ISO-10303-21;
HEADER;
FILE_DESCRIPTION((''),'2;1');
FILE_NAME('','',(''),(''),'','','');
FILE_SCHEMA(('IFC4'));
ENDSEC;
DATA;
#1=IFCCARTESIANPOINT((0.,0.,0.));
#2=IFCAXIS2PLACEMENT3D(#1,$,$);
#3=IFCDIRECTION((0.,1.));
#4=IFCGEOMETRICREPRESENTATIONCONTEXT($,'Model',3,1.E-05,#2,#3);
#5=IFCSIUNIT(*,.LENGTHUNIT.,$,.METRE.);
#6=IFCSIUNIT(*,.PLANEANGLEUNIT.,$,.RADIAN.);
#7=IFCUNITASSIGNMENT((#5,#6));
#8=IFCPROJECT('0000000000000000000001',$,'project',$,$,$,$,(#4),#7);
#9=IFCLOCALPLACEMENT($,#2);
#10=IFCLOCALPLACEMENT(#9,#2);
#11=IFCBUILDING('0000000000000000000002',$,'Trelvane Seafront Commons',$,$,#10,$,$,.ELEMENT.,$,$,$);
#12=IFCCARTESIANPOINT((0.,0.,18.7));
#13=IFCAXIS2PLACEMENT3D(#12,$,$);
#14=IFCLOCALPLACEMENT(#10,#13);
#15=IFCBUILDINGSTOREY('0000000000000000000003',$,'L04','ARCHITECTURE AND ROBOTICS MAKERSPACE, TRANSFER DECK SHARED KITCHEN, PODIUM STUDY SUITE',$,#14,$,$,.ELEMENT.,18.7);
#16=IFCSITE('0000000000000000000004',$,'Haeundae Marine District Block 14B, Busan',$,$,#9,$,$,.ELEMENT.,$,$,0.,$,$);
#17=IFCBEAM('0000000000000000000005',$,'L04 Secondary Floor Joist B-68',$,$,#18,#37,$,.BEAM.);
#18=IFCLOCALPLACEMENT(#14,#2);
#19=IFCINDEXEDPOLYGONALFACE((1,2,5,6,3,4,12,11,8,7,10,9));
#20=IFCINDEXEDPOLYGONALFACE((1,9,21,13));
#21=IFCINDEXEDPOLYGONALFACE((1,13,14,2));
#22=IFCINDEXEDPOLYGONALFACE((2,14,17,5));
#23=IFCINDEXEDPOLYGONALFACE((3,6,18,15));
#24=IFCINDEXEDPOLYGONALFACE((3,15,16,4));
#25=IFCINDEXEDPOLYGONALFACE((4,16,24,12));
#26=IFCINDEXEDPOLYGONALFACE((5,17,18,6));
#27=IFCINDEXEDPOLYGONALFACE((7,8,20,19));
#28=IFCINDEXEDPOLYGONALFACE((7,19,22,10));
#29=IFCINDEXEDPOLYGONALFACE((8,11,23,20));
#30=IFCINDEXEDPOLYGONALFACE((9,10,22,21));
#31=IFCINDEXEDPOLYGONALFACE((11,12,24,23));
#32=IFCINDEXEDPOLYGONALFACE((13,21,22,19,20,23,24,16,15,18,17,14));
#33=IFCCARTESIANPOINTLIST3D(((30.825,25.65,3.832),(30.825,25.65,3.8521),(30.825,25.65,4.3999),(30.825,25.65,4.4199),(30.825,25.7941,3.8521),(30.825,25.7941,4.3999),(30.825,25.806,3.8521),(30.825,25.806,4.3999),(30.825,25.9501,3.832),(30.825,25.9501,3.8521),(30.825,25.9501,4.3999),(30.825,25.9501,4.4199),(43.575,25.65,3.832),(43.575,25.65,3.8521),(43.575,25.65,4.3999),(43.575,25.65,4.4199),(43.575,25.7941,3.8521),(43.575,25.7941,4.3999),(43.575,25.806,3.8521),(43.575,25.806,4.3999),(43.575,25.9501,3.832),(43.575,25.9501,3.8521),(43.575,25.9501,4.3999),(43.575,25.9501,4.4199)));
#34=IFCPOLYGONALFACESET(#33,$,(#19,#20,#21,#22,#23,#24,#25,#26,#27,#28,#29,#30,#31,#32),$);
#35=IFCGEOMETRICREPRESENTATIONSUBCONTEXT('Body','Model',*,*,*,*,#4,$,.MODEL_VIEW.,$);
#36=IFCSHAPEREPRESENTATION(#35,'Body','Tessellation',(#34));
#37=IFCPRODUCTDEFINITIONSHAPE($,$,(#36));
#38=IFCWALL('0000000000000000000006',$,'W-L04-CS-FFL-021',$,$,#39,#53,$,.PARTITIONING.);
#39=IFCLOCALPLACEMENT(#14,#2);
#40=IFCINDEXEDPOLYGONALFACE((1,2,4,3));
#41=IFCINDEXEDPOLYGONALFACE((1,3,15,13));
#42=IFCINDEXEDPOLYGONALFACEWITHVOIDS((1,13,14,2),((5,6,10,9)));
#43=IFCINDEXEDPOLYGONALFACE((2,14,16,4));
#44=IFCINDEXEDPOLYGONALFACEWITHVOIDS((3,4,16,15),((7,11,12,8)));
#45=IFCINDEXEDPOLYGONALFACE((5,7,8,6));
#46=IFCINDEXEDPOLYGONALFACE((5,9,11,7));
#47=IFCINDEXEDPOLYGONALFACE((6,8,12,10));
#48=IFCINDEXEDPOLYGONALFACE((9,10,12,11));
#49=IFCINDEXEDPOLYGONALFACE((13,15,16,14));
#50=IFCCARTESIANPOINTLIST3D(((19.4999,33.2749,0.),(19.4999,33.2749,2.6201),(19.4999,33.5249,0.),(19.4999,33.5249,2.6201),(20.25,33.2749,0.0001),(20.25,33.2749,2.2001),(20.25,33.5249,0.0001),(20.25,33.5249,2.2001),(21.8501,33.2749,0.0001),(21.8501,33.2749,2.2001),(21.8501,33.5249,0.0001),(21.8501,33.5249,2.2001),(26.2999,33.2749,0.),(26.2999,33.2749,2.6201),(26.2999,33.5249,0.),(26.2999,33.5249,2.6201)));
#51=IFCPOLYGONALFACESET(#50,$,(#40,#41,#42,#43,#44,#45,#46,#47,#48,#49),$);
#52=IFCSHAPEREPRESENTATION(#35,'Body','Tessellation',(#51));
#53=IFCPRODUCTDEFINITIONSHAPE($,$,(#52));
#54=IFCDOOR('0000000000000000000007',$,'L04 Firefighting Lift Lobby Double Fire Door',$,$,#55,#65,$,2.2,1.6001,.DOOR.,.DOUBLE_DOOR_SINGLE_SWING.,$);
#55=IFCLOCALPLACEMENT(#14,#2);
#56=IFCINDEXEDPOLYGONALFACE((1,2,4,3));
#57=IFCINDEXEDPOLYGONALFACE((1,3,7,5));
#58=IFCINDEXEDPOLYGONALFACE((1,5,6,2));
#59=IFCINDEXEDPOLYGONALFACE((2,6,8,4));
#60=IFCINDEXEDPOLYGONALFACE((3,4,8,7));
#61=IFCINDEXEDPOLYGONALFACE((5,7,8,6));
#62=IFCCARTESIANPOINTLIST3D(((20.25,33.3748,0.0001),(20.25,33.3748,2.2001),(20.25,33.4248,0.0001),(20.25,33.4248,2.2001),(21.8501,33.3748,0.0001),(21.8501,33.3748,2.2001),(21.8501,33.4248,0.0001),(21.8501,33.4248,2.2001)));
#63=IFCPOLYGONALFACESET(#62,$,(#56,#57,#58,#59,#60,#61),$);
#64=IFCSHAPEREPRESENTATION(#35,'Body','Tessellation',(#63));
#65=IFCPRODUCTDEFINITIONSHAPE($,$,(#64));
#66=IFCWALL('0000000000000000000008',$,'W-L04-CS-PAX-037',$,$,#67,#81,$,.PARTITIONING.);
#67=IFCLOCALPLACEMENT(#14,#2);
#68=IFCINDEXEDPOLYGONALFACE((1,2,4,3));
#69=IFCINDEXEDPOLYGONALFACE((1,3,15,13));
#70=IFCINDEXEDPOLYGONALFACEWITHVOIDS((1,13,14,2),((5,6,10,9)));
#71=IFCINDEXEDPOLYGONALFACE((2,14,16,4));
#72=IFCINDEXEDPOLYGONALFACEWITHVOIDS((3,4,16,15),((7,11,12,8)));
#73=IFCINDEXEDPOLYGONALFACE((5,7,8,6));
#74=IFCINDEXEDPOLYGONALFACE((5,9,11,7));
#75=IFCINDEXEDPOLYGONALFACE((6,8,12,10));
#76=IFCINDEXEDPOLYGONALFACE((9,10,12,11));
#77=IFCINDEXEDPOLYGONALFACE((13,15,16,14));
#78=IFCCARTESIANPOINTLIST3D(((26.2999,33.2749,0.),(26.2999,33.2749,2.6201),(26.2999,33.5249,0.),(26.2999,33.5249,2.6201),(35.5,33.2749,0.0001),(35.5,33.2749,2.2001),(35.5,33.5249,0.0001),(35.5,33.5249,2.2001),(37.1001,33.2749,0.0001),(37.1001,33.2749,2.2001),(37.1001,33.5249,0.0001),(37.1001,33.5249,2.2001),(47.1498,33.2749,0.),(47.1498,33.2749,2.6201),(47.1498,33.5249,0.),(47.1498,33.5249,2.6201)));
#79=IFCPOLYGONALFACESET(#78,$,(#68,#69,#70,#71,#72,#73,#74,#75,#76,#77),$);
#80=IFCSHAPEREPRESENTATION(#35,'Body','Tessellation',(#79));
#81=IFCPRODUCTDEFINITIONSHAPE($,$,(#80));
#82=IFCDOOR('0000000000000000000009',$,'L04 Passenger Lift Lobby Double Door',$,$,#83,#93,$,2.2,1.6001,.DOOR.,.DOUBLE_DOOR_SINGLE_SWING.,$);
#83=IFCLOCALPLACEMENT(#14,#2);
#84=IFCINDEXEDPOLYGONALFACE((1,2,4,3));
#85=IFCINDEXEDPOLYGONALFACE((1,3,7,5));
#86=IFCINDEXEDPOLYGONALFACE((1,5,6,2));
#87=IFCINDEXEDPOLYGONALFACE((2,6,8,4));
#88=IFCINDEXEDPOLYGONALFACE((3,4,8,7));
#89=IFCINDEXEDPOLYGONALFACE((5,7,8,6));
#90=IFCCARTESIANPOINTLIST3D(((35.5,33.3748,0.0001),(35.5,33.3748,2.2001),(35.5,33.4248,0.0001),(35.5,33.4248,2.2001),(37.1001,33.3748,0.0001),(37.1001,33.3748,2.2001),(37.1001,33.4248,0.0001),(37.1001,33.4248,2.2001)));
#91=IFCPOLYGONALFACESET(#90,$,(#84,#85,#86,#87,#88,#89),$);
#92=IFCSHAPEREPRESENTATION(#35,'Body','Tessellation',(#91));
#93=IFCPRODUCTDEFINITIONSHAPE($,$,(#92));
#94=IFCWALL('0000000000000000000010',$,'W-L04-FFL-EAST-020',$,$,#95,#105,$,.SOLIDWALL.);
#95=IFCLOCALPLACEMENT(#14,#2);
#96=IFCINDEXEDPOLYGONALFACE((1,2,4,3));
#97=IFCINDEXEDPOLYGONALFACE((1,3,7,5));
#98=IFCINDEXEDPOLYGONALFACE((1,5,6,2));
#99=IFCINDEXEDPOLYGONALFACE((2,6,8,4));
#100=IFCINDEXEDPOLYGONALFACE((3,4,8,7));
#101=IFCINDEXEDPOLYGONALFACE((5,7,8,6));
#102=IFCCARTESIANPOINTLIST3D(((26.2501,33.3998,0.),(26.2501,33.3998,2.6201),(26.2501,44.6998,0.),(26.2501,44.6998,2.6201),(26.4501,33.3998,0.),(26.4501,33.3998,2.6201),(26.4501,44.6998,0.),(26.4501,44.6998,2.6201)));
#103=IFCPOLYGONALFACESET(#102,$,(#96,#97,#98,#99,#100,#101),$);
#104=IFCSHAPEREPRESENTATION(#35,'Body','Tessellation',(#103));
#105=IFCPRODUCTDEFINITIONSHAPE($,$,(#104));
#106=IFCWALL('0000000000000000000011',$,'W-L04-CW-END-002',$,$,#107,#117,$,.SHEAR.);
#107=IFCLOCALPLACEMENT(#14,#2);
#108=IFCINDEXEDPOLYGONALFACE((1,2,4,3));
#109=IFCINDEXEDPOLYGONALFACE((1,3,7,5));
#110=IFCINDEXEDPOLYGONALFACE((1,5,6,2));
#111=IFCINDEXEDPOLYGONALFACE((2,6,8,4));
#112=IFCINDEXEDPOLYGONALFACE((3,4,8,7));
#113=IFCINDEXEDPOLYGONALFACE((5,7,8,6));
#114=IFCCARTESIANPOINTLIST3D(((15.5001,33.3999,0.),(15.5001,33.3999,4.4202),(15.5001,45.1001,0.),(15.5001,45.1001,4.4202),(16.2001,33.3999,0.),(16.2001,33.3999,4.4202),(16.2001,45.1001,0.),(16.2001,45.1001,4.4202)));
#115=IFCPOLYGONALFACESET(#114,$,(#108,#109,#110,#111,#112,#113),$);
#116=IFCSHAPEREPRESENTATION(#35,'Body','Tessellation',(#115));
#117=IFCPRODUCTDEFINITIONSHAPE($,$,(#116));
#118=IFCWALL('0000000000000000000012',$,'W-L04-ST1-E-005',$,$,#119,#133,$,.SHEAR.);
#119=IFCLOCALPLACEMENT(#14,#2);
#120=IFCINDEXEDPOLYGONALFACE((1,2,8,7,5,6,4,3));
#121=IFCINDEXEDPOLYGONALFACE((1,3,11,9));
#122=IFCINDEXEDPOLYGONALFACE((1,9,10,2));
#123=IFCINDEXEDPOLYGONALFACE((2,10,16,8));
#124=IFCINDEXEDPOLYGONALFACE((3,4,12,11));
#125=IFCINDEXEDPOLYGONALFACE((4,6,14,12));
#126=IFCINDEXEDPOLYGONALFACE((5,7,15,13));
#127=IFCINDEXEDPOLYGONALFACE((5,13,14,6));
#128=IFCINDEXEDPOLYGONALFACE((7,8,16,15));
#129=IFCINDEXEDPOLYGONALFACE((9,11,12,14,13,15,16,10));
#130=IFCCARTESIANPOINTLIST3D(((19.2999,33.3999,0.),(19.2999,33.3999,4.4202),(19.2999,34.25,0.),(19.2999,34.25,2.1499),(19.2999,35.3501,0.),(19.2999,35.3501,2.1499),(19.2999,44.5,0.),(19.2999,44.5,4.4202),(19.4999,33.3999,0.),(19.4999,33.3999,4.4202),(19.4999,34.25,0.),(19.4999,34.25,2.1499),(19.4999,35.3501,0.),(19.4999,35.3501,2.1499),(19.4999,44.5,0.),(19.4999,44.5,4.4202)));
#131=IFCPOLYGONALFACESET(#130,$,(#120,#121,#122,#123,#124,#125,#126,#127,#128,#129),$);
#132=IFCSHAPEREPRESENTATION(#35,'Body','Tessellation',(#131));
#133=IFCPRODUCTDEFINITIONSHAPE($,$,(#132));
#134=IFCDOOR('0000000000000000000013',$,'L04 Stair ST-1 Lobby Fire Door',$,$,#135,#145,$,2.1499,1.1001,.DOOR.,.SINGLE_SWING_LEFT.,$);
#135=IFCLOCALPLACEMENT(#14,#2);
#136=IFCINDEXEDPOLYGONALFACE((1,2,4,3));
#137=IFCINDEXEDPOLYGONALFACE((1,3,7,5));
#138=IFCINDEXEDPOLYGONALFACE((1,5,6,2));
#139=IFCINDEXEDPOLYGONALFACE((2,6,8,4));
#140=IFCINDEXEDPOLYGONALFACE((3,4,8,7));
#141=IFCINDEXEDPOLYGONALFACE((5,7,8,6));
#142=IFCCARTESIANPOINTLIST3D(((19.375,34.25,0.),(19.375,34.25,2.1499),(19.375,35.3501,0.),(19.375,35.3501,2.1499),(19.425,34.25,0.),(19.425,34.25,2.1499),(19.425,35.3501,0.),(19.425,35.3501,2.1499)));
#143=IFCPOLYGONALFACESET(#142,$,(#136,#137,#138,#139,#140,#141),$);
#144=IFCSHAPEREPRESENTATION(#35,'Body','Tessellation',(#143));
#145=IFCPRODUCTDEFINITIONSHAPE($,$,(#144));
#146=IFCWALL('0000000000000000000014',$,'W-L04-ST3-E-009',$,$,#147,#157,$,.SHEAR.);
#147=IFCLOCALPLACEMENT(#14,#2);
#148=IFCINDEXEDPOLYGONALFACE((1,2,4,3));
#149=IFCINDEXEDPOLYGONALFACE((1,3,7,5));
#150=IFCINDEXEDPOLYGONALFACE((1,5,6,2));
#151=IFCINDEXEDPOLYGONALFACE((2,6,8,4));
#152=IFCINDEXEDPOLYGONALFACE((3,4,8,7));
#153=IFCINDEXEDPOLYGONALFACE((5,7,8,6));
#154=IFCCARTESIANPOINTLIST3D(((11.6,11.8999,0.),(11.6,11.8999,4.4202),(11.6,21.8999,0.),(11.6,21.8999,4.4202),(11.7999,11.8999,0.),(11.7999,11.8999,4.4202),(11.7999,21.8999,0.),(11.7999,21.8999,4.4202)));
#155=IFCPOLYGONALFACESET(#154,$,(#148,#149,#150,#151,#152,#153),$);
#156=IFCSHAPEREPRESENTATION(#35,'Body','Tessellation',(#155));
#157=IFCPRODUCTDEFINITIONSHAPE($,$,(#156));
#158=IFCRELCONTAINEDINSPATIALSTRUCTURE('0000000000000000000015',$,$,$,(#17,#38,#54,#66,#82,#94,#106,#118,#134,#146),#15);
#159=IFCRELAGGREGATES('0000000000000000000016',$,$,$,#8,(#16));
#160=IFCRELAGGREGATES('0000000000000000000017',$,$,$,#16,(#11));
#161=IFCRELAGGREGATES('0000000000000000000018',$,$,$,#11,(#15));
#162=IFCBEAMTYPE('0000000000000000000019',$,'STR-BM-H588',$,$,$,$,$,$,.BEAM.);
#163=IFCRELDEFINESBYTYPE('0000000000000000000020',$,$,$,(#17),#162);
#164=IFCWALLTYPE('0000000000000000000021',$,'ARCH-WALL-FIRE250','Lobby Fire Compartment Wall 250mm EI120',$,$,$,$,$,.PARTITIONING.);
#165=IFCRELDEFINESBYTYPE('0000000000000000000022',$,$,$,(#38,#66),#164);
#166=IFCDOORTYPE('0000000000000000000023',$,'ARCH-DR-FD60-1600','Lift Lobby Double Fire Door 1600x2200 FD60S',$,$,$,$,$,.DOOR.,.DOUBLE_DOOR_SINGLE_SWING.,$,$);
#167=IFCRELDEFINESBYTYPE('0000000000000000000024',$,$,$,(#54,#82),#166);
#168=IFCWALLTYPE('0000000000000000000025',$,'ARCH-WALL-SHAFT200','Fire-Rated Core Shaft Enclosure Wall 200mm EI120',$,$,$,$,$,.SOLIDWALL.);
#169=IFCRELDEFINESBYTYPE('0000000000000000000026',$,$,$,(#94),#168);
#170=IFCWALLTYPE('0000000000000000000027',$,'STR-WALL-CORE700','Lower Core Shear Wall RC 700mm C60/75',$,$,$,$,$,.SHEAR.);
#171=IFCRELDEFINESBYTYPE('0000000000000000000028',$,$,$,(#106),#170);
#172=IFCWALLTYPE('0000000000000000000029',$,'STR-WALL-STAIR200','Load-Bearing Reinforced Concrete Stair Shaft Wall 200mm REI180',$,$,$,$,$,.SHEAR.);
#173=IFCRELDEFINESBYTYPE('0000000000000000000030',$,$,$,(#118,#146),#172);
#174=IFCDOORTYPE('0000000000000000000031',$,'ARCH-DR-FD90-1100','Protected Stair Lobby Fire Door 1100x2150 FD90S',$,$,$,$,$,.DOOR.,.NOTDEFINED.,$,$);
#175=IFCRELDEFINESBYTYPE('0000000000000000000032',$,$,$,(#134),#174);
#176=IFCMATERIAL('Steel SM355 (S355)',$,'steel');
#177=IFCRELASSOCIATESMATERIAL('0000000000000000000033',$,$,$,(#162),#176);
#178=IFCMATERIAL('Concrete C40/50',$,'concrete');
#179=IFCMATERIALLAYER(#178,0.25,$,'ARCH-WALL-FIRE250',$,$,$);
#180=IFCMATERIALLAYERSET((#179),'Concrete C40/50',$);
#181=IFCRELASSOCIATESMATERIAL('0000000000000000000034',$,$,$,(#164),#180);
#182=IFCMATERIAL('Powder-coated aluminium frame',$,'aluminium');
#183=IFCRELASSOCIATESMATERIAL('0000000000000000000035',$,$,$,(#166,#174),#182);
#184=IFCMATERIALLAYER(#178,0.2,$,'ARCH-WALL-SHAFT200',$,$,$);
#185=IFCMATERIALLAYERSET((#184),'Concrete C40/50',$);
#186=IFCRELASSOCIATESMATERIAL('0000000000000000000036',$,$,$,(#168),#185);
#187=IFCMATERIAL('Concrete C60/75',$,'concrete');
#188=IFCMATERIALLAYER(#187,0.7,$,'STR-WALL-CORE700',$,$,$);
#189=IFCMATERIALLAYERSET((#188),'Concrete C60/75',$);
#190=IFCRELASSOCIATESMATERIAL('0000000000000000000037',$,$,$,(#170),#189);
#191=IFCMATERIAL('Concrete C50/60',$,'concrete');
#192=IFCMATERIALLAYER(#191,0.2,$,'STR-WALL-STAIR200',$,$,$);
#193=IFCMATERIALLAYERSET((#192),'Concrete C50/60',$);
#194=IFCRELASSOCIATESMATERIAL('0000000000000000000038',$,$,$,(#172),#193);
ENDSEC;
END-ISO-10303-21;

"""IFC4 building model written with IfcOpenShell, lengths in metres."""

from ifc_helpers import new_model, si_unit, direction, frame, frame_2d, origin, origin_2d, place, context, subcontext, project, spatial, rectangle, i_section, extrude, source, transform, mapped, material, layer, layer_set, material_profile, profile_set, type_object, element, fill, save


model = new_model("IFC4")

# Units and contexts
model_context = context("Model", 3, precision=1e-05, world=origin(), true_north=direction((0.0, 1.0)))
body_context = subcontext(model_context, "Body", "Model", "MODEL_VIEW")
ifc_project = project(units=[si_unit("LENGTHUNIT", "METRE"), si_unit("PLANEANGLEUNIT", "RADIAN")], contexts=[model_context])

# Site, building, storey
site_placement = place(None, origin())
site = spatial("IfcSite", under=ifc_project, at=site_placement, Name="Haeundae Marine District Block 14B, Busan", CompositionType="ELEMENT", RefElevation=0.0)
building_placement = place(site_placement, origin())
building = spatial("IfcBuilding", under=site, at=building_placement, Name="Trelvane Seafront Commons", CompositionType="ELEMENT")
storey_placement = place(building_placement, frame((0.0, 0.0, 18.7)))
storey = spatial("IfcBuildingStorey", under=building, at=storey_placement, Name="L04", Description="ARCHITECTURE AND ROBOTICS MAKERSPACE, TRANSFER DECK SHARED KITCHEN, PODIUM STUDY SUITE", CompositionType="ELEMENT", Elevation=18.7)

# Shared definitions
ifc_material_1 = material(Name="Concrete C60/75", Category="concrete")

# Beam
ifc_material_2 = material(Name="Steel SM355 (S355)", Category="steel")
ifc_material_profile_1 = material_profile(ifc_material_2, i_section(OverallWidth=0.3, OverallDepth=0.5879, WebThickness=0.012, FlangeThickness=0.02, at=origin_2d()), Name="H-588x300x12x20")
ifc_profile_set_1 = profile_set([ifc_material_profile_1], Name="Steel SM355 (S355)")
beam_type_1 = type_object("IfcBeamType", Name="STR-BM-H588", PredefinedType="BEAM", material=ifc_profile_set_1)
shared_shape_1 = source(origin(), body_context, "Body", "SweptSolid", [
    extrude(i_section(OverallWidth=0.3, OverallDepth=0.5879, WebThickness=0.012, FlangeThickness=0.02, at=origin_2d()), origin(), (0.0, 0.0, 1.0), 12.75),
])
beam_1_placement = place(storey_placement, frame((30.825, 25.8, 4.126), z_axis=(1.0, 0.0, 0.0), x_axis=(0.0, 1.0, 0.0)))
element("IfcBeam", 1, at=beam_1_placement, inside=storey, type_object=beam_type_1, Name="L04 Secondary Floor Joist B-68", PredefinedType="BEAM", context=body_context, shape_type="MappedRepresentation", body=[
    mapped(shared_shape_1, transform((0.0, 0.0, 0.0), x_axis=(1.0, 0.0, 0.0), y_axis=(0.0, 1.0, 0.0), z_axis=(0.0, 0.0, 1.0), scale=1.0)),
])

# Walls, openings, doors
ifc_material_3 = material(Name="Concrete C40/50", Category="concrete")
ifc_layer_1 = layer(ifc_material_3, 0.25, Name="ARCH-WALL-FIRE250")
ifc_layer_set_1 = layer_set([ifc_layer_1], Name="Concrete C40/50")
wall_type_1 = type_object("IfcWallType", Name="ARCH-WALL-FIRE250", Description="Lobby Fire Compartment Wall 250mm EI120", PredefinedType="PARTITIONING", material=ifc_layer_set_1)
wall_1_placement = place(storey_placement, frame((19.5, 33.3999, 0.0), z_axis=(0.0, 0.0, 1.0), x_axis=(1.0, 0.0, 0.0)))
wall_1 = element("IfcWall", 2, at=wall_1_placement, inside=storey, type_object=wall_type_1, Name="W-L04-CS-FFL-021", PredefinedType="PARTITIONING", context=body_context, shape_type="SweptSolid", body=[
    extrude(rectangle(XDim=6.8, YDim=0.25, at=frame_2d((3.3999, 0.0))), origin(), (0.0, 0.0, 1.0), 2.6201),
])
opening_1_placement = place(wall_1_placement, frame((0.75, 0.0, 0.0)))
opening_1 = element("IfcOpeningElement", 3, at=opening_1_placement, cuts=wall_1, PredefinedType="OPENING", context=body_context, shape_type="SweptSolid", body=[
    extrude(rectangle(XDim=1.6001, YDim=2.2, at=frame_2d((0.8, 1.1001))), frame((0.0, 0.135, 0.0), z_axis=(0.0, -1.0, 0.0), x_axis=(1.0, 0.0, 0.0)), (0.0, 0.0, 1.0), 0.27),
])
ifc_material_4 = material(Name="Powder-coated aluminium frame", Category="aluminium")
door_type_1 = type_object("IfcDoorType", Name="ARCH-DR-FD60-1600", Description="Lift Lobby Double Fire Door 1600x2200 FD60S", OperationType="DOUBLE_DOOR_SINGLE_SWING", PredefinedType="DOOR", material=ifc_material_4)
shared_shape_2 = source(origin(), body_context, "Body", "SweptSolid", [
    extrude(rectangle(XDim=1.6001, YDim=2.2, at=frame_2d((0.8, 1.1001))), frame((0.0, 0.0249, 0.0), z_axis=(0.0, -1.0, 0.0), x_axis=(1.0, 0.0, 0.0)), (0.0, 0.0, 1.0), 0.05),
])
door_1_placement = place(opening_1_placement, origin())
door_1 = element("IfcDoor", 4, at=door_1_placement, inside=storey, type_object=door_type_1, Name="L04 Firefighting Lift Lobby Double Fire Door", OperationType="DOUBLE_DOOR_SINGLE_SWING", OverallHeight=2.2, OverallWidth=1.6001, PredefinedType="DOOR", context=body_context, shape_type="MappedRepresentation", body=[
    mapped(shared_shape_2, transform((0.0, 0.0, 0.0), x_axis=(1.0, 0.0, 0.0), y_axis=(0.0, 1.0, 0.0), z_axis=(0.0, 0.0, 1.0), scale=1.0)),
])
fill(opening_1, door_1)
wall_2_placement = place(storey_placement, frame((26.3, 33.3999, 0.0), z_axis=(0.0, 0.0, 1.0), x_axis=(1.0, 0.0, 0.0)))
wall_2 = element("IfcWall", 5, at=wall_2_placement, inside=storey, type_object=wall_type_1, Name="W-L04-CS-PAX-037", PredefinedType="PARTITIONING", context=body_context, shape_type="SweptSolid", body=[
    extrude(rectangle(XDim=20.8499, YDim=0.25, at=frame_2d((10.4248, 0.0))), origin(), (0.0, 0.0, 1.0), 2.6201),
])
opening_2_placement = place(wall_2_placement, frame((9.2, 0.0, 0.0)))
opening_2 = element("IfcOpeningElement", 6, at=opening_2_placement, cuts=wall_2, PredefinedType="OPENING", context=body_context, shape_type="SweptSolid", body=[
    extrude(rectangle(XDim=1.6001, YDim=2.2, at=frame_2d((0.8, 1.1001))), frame((0.0, 0.135, 0.0), z_axis=(0.0, -1.0, 0.0), x_axis=(1.0, 0.0, 0.0)), (0.0, 0.0, 1.0), 0.27),
])
door_2_placement = place(opening_2_placement, origin())
door_2 = element("IfcDoor", 7, at=door_2_placement, inside=storey, type_object=door_type_1, Name="L04 Passenger Lift Lobby Double Door", OperationType="DOUBLE_DOOR_SINGLE_SWING", OverallHeight=2.2, OverallWidth=1.6001, PredefinedType="DOOR", context=body_context, shape_type="MappedRepresentation", body=[
    mapped(shared_shape_2, transform((0.0, 0.0, 0.0), x_axis=(1.0, 0.0, 0.0), y_axis=(0.0, 1.0, 0.0), z_axis=(0.0, 0.0, 1.0), scale=1.0)),
])
fill(opening_2, door_2)

# Walls
ifc_layer_2 = layer(ifc_material_3, 0.2, Name="ARCH-WALL-SHAFT200")
ifc_layer_set_2 = layer_set([ifc_layer_2], Name="Concrete C40/50")
wall_type_2 = type_object("IfcWallType", Name="ARCH-WALL-SHAFT200", Description="Fire-Rated Core Shaft Enclosure Wall 200mm EI120", PredefinedType="SOLIDWALL", material=ifc_layer_set_2)
wall_3_placement = place(storey_placement, frame((26.3501, 33.3999, 0.0), z_axis=(0.0, 0.0, 1.0), x_axis=(0.0, 1.0, 0.0)))
element("IfcWall", 8, at=wall_3_placement, inside=storey, type_object=wall_type_2, Name="W-L04-FFL-EAST-020", PredefinedType="SOLIDWALL", context=body_context, shape_type="SweptSolid", body=[
    extrude(rectangle(XDim=11.3, YDim=0.2, at=frame_2d((5.6499, 0.0))), origin(), (0.0, 0.0, 1.0), 2.6201),
])
ifc_layer_3 = layer(ifc_material_1, 0.7, Name="STR-WALL-CORE700")
ifc_layer_set_3 = layer_set([ifc_layer_3], Name="Concrete C60/75")
wall_type_3 = type_object("IfcWallType", Name="STR-WALL-CORE700", Description="Lower Core Shear Wall RC 700mm C60/75", PredefinedType="SHEAR", material=ifc_layer_set_3)
wall_4_placement = place(storey_placement, frame((15.8501, 33.3999, 0.0), z_axis=(0.0, 0.0, 1.0), x_axis=(0.0, 1.0, 0.0)))
element("IfcWall", 9, at=wall_4_placement, inside=storey, type_object=wall_type_3, Name="W-L04-CW-END-002", PredefinedType="SHEAR", context=body_context, shape_type="SweptSolid", body=[
    extrude(rectangle(XDim=11.7002, YDim=0.7, at=frame_2d((5.8501, 0.0))), origin(), (0.0, 0.0, 1.0), 4.4202),
])

# Wall, opening, door
ifc_material_5 = material(Name="Concrete C50/60", Category="concrete")
ifc_layer_4 = layer(ifc_material_5, 0.2, Name="STR-WALL-STAIR200")
ifc_layer_set_4 = layer_set([ifc_layer_4], Name="Concrete C50/60")
wall_type_4 = type_object("IfcWallType", Name="STR-WALL-STAIR200", Description="Load-Bearing Reinforced Concrete Stair Shaft Wall 200mm REI180", PredefinedType="SHEAR", material=ifc_layer_set_4)
wall_5_placement = place(storey_placement, frame((19.3999, 33.3999, 0.0), z_axis=(0.0, 0.0, 1.0), x_axis=(0.0, 1.0, 0.0)))
wall_5 = element("IfcWall", 10, at=wall_5_placement, inside=storey, type_object=wall_type_4, Name="W-L04-ST1-E-005", PredefinedType="SHEAR", context=body_context, shape_type="SweptSolid", body=[
    extrude(rectangle(XDim=11.1001, YDim=0.2, at=frame_2d((5.55, 0.0))), origin(), (0.0, 0.0, 1.0), 4.4202),
])
opening_3_placement = place(wall_5_placement, frame((0.8501, 0.0, 0.0)))
opening_3 = element("IfcOpeningElement", 11, at=opening_3_placement, cuts=wall_5, PredefinedType="OPENING", context=body_context, shape_type="SweptSolid", body=[
    extrude(rectangle(XDim=1.1001, YDim=2.1499, at=frame_2d((0.55, 1.075))), frame((0.0, 0.1099, 0.0), z_axis=(0.0, -1.0, 0.0), x_axis=(1.0, 0.0, 0.0)), (0.0, 0.0, 1.0), 0.22),
])
door_type_2 = type_object("IfcDoorType", Name="ARCH-DR-FD90-1100", Description="Protected Stair Lobby Fire Door 1100x2150 FD90S", OperationType="NOTDEFINED", PredefinedType="DOOR", material=ifc_material_4)
shared_shape_3 = source(origin(), body_context, "Body", "SweptSolid", [
    extrude(rectangle(XDim=1.1001, YDim=2.1499, at=frame_2d((0.55, 1.075))), frame((0.0, 0.0249, 0.0), z_axis=(0.0, -1.0, 0.0), x_axis=(1.0, 0.0, 0.0)), (0.0, 0.0, 1.0), 0.05),
])
door_3_placement = place(opening_3_placement, origin())
door_3 = element("IfcDoor", 12, at=door_3_placement, inside=storey, type_object=door_type_2, Name="L04 Stair ST-1 Lobby Fire Door", OperationType="SINGLE_SWING_LEFT", OverallHeight=2.1499, OverallWidth=1.1001, PredefinedType="DOOR", context=body_context, shape_type="MappedRepresentation", body=[
    mapped(shared_shape_3, transform((0.0, 0.0, 0.0), x_axis=(1.0, 0.0, 0.0), y_axis=(0.0, 1.0, 0.0), z_axis=(0.0, 0.0, 1.0), scale=1.0)),
])
fill(opening_3, door_3)

# Wall
wall_6_placement = place(storey_placement, frame((11.7, 11.8999, 0.0), z_axis=(0.0, 0.0, 1.0), x_axis=(0.0, 1.0, 0.0)))
element("IfcWall", 13, at=wall_6_placement, inside=storey, type_object=wall_type_4, Name="W-L04-ST3-E-009", PredefinedType="SHEAR", context=body_context, shape_type="SweptSolid", body=[
    extrude(rectangle(XDim=10.0, YDim=0.2, at=frame_2d((5.0, 0.0))), origin(), (0.0, 0.0, 1.0), 4.4202),
])

save(model, "model.ifc")
